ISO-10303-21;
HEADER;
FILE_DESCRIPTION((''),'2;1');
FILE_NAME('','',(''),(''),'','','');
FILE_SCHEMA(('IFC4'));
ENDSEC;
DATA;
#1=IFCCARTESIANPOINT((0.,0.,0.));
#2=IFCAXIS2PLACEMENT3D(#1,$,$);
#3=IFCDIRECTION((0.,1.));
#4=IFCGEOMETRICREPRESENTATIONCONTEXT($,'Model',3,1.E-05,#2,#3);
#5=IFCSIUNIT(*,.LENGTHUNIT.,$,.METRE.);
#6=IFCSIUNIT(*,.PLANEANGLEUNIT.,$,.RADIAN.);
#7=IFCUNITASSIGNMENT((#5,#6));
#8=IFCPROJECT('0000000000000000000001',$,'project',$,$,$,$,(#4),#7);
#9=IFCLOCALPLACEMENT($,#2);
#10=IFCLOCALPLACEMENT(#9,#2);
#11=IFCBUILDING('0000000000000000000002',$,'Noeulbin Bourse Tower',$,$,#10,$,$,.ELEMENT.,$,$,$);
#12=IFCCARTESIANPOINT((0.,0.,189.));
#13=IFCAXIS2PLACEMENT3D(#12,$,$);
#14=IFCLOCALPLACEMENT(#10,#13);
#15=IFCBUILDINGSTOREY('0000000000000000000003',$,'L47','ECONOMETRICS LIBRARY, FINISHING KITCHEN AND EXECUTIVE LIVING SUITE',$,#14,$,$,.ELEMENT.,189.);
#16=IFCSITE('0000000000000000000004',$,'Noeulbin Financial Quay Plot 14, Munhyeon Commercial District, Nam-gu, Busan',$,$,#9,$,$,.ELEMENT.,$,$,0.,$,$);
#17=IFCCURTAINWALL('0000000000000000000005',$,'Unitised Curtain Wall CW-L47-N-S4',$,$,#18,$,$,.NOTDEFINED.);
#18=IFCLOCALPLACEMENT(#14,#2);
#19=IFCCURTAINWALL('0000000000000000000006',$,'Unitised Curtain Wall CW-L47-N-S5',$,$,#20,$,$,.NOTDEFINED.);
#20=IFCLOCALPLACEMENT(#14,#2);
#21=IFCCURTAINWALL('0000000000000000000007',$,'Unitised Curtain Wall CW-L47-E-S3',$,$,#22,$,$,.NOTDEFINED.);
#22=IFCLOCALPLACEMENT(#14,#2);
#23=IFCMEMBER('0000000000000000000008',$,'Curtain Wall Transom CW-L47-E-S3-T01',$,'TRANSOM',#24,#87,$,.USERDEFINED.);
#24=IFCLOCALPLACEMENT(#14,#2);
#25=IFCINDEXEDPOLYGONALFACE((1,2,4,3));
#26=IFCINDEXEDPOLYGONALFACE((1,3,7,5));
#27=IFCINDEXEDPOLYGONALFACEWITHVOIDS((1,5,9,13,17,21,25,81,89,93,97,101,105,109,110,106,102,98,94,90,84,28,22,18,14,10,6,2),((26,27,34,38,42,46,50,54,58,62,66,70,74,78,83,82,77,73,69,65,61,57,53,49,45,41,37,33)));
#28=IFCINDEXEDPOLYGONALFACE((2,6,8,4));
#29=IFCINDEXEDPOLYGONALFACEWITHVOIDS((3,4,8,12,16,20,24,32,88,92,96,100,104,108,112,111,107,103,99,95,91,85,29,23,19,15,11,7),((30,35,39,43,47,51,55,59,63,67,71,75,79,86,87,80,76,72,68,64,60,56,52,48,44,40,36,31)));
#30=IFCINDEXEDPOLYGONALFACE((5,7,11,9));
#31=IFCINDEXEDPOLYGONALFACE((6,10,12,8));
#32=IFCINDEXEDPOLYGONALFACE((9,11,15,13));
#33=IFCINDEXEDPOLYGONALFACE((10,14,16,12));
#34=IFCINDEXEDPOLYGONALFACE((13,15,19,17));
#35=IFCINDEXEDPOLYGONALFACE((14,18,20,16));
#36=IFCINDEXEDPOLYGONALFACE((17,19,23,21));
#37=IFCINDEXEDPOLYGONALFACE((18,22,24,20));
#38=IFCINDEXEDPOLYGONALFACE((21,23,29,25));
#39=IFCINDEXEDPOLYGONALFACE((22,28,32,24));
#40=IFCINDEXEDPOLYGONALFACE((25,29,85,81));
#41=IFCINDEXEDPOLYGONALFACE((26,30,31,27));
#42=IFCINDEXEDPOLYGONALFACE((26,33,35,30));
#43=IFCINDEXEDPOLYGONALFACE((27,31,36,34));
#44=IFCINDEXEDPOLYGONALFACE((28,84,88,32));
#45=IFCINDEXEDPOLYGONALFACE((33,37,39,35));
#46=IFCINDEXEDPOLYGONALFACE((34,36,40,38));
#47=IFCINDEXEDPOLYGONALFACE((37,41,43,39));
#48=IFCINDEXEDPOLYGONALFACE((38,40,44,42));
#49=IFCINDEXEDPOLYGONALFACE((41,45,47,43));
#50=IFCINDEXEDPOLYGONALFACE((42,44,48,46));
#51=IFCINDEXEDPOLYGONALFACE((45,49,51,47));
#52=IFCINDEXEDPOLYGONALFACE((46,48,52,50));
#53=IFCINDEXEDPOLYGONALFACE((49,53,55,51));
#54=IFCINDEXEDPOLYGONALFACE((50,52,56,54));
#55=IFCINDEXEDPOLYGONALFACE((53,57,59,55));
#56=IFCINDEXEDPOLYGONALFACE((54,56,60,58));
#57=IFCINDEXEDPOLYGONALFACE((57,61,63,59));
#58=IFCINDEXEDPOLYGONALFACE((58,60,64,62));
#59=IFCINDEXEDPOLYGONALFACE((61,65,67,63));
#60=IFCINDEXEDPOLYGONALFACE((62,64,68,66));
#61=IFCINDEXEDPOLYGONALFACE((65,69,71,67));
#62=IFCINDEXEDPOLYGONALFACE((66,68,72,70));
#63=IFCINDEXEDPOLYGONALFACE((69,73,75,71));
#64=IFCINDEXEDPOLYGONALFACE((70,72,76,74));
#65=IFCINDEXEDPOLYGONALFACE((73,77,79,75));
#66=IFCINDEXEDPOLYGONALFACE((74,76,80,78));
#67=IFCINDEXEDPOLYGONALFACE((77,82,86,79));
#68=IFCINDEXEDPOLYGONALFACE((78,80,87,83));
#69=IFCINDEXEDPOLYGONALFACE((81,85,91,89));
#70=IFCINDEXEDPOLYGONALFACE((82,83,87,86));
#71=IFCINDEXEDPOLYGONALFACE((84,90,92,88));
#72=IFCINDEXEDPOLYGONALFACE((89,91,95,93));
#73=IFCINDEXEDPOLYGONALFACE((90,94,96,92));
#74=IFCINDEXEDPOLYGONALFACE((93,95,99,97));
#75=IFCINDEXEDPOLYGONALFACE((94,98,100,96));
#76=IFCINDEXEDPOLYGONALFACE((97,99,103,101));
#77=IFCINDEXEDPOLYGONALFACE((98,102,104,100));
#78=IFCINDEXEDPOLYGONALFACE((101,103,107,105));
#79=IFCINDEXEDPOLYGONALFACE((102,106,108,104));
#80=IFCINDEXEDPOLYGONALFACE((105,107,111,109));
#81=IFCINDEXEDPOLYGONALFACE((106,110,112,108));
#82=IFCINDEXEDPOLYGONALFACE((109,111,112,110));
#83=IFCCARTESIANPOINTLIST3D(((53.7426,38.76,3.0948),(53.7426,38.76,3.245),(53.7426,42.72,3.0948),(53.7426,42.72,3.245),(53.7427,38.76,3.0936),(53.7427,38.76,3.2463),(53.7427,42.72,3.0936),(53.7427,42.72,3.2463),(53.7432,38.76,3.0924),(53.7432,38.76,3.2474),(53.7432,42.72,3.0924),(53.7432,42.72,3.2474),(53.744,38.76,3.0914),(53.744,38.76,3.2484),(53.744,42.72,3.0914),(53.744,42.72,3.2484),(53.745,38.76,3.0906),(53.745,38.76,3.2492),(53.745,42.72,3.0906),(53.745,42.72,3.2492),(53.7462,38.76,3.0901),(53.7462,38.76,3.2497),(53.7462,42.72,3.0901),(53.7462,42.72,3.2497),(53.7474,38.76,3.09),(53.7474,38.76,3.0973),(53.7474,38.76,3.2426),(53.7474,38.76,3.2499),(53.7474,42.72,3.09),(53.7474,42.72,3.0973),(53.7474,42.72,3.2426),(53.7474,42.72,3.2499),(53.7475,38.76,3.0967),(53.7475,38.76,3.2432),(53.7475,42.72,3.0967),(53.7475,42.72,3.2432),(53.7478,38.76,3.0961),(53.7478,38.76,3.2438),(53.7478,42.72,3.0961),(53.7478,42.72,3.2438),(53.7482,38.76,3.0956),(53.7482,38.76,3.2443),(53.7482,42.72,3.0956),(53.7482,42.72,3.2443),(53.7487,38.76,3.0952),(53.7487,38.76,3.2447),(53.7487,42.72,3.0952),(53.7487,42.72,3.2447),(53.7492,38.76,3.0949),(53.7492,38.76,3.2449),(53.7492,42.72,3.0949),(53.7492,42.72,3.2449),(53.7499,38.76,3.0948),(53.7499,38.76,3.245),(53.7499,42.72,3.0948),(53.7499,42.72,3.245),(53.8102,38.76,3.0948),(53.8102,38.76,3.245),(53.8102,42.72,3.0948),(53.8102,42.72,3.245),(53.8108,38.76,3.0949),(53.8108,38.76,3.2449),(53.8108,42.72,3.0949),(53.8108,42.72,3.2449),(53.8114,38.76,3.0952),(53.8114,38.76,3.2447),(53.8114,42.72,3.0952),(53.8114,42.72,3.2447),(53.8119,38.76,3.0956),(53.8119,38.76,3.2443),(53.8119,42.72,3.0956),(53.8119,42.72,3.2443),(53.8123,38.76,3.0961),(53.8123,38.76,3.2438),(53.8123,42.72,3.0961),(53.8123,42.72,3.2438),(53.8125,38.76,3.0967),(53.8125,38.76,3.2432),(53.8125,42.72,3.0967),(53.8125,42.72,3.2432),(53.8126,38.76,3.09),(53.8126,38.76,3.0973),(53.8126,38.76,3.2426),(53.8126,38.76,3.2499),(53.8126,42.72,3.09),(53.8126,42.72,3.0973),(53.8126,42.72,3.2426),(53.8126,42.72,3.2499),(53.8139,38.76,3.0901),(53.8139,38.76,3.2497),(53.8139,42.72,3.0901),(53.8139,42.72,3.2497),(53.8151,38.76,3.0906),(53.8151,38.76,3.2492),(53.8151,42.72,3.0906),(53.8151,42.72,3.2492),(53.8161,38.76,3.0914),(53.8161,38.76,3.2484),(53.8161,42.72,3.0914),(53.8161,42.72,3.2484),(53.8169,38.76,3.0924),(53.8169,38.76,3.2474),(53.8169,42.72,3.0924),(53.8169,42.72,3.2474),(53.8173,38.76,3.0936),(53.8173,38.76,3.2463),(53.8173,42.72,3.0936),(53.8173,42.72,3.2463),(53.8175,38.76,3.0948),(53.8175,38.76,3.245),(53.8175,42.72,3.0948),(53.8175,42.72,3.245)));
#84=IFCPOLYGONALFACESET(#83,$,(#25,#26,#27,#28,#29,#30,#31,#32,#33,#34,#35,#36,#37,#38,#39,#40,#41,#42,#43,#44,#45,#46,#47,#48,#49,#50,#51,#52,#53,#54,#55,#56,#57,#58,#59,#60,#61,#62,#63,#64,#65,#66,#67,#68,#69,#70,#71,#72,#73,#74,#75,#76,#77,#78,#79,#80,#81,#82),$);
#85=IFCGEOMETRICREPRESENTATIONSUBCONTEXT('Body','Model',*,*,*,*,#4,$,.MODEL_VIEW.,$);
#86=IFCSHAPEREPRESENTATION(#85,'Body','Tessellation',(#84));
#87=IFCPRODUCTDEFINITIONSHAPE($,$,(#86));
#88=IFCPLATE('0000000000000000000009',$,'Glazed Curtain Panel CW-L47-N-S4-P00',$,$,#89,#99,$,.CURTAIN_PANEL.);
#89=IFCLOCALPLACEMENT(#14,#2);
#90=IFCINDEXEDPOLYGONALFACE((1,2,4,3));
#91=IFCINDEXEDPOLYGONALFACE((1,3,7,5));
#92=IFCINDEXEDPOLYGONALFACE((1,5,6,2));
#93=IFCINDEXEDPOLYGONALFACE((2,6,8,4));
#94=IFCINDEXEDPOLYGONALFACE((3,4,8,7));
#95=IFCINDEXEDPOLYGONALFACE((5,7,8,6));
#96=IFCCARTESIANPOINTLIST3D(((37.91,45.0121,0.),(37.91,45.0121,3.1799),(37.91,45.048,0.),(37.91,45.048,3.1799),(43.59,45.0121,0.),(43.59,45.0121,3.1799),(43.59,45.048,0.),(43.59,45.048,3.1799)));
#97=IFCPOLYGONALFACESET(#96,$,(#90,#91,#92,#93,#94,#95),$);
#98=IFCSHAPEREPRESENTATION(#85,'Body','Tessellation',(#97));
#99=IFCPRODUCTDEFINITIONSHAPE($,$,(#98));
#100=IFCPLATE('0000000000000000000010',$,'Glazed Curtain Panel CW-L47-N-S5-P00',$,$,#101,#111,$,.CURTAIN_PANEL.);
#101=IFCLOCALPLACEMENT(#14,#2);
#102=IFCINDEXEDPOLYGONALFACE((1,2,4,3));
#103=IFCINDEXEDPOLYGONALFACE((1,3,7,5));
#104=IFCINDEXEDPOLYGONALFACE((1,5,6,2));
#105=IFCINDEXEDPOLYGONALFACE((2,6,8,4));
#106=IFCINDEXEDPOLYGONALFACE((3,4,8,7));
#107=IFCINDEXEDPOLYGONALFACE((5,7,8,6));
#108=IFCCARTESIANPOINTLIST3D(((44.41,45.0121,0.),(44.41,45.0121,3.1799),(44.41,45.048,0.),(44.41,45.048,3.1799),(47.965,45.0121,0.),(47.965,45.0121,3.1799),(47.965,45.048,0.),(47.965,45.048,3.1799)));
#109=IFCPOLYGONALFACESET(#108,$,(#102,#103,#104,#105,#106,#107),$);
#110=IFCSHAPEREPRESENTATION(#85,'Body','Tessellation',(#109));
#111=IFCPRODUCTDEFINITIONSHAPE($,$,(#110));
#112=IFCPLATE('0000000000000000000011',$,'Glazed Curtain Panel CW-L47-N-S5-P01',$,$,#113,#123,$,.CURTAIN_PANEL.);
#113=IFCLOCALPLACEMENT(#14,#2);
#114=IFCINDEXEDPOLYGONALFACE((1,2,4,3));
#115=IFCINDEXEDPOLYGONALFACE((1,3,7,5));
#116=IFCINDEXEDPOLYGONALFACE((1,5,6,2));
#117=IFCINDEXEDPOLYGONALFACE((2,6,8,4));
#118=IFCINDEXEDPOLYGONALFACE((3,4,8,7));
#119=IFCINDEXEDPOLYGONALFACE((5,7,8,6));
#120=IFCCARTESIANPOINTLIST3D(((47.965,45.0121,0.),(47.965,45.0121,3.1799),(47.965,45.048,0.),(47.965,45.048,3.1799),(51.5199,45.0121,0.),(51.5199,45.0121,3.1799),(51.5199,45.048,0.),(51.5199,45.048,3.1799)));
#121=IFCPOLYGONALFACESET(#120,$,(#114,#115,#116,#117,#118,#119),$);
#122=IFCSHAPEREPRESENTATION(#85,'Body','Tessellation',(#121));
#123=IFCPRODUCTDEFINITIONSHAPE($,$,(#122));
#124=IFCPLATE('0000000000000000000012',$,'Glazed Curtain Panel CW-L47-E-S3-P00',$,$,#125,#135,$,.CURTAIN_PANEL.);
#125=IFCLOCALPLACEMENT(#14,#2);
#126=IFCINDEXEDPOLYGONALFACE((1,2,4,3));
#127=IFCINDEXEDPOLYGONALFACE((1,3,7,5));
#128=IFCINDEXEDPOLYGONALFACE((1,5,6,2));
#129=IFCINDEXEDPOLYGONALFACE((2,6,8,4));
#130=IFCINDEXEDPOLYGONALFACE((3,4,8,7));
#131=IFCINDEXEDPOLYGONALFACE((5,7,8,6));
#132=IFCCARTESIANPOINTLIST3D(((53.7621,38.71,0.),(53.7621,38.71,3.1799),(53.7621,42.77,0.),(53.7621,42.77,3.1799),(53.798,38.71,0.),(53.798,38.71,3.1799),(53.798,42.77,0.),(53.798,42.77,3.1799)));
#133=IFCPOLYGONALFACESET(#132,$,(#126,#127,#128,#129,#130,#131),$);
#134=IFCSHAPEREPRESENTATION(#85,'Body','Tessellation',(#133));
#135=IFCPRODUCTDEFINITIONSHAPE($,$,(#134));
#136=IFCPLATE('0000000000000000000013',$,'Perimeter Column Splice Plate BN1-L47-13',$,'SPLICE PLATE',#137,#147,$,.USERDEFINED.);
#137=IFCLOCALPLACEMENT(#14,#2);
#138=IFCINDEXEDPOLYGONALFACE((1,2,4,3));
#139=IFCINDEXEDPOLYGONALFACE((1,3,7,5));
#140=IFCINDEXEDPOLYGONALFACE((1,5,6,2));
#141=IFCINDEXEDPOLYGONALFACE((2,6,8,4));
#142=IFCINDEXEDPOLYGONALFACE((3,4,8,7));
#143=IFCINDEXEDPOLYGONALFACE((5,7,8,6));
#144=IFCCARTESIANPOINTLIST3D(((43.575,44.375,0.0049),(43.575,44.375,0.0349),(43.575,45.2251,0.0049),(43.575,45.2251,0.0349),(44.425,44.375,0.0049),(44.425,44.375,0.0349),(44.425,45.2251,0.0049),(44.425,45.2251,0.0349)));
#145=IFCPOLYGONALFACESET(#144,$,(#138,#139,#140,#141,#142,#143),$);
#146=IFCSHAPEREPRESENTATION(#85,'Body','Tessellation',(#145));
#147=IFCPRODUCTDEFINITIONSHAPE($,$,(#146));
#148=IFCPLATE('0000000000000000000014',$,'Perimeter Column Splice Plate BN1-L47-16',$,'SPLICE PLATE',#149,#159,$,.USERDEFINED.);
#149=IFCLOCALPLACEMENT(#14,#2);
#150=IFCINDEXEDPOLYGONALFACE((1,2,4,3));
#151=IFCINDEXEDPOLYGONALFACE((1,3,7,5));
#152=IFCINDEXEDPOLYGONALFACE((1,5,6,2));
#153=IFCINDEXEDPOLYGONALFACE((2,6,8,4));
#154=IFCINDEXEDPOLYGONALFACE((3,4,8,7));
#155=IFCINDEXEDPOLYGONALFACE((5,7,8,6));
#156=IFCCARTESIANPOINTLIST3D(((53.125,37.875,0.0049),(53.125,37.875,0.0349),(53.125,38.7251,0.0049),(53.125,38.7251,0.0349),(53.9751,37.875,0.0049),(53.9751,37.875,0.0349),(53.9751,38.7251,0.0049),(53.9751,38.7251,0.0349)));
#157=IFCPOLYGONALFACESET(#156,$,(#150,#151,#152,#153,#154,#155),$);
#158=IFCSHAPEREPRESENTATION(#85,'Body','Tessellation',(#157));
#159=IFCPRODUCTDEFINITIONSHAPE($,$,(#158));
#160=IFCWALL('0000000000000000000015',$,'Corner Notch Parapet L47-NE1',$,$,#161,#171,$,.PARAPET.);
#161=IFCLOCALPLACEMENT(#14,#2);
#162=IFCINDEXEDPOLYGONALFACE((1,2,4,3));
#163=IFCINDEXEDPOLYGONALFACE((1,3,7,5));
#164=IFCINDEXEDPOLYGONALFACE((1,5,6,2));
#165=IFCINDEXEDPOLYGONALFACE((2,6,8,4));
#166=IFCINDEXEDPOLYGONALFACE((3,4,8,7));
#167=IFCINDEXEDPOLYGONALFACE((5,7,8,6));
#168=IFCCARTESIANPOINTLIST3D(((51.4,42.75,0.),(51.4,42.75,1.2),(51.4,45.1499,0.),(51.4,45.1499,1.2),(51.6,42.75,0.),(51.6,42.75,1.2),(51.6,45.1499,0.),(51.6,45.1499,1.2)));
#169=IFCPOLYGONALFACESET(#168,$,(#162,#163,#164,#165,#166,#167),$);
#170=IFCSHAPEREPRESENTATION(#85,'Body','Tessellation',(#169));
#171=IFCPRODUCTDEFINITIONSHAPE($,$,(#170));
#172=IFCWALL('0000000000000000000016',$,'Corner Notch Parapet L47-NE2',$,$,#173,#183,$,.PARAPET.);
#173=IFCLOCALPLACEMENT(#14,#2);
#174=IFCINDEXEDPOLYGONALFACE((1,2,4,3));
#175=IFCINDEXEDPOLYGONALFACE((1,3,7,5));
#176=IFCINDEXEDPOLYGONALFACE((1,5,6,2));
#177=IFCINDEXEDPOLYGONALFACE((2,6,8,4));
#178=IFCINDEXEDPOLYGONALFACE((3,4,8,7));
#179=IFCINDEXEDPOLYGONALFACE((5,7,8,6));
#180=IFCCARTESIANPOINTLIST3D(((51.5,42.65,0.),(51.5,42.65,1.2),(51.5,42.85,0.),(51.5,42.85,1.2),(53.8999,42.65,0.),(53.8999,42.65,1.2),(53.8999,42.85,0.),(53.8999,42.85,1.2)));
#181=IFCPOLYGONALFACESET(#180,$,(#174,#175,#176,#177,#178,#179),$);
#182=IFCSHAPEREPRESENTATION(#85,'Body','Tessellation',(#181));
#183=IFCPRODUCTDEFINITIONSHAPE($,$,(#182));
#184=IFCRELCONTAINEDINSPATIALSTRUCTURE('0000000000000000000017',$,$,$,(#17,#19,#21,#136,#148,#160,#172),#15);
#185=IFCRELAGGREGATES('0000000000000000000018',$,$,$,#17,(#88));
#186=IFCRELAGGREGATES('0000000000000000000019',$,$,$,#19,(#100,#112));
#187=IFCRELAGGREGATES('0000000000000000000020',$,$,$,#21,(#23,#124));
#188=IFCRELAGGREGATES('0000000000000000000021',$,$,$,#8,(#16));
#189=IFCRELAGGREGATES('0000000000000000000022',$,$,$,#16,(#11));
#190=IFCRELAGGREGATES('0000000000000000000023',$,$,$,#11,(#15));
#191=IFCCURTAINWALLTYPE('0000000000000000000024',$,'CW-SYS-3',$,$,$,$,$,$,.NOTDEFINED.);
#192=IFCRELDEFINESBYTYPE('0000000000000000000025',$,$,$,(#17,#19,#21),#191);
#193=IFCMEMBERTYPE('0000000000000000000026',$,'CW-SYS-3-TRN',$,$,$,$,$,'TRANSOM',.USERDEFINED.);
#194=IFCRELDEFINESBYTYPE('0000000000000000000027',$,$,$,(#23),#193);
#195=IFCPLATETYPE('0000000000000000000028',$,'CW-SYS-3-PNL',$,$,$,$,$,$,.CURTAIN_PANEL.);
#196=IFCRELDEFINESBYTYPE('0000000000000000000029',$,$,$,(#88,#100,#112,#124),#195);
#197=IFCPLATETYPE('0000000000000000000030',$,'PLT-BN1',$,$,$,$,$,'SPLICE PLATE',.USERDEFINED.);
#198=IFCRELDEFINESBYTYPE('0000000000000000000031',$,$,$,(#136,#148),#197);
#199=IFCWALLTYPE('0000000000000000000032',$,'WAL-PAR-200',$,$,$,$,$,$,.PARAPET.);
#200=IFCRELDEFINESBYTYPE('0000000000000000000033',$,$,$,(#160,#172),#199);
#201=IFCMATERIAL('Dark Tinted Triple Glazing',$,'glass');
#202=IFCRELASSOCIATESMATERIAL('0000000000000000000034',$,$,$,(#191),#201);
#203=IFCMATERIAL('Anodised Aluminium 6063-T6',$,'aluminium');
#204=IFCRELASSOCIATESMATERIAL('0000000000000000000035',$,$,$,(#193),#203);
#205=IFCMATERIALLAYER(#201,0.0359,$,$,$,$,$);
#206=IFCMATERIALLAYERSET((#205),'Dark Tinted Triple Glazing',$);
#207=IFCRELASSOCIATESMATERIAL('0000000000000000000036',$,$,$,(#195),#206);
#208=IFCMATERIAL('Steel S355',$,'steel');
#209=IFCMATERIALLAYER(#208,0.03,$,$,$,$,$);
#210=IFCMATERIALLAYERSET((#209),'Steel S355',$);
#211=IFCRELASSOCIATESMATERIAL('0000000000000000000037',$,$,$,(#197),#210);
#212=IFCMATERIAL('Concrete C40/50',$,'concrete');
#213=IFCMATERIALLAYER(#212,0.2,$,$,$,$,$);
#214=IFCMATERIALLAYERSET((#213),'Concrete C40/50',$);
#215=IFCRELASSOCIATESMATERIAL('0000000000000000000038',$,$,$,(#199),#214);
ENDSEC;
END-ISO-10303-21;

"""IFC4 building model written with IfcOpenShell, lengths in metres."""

from ifc_helpers import new_model, si_unit, direction, frame, frame_2d, origin, origin_2d, place, context, subcontext, project, spatial, rectangle, hollow_rectangle, extrude, material, layer, layer_set, material_profile, profile_set, type_object, element, aggregate, save


model = new_model("IFC4")

# Units and contexts
model_context = context("Model", 3, precision=1e-05, world=origin(), true_north=direction((0.0, 1.0)))
body_context = subcontext(model_context, "Body", "Model", "MODEL_VIEW")
ifc_project = project(units=[si_unit("LENGTHUNIT", "METRE"), si_unit("PLANEANGLEUNIT", "RADIAN")], contexts=[model_context])

# Site, building, storey
site_placement = place(None, origin())
site = spatial("IfcSite", under=ifc_project, at=site_placement, Name="Noeulbin Financial Quay Plot 14, Munhyeon Commercial District, Nam-gu, Busan", CompositionType="ELEMENT", RefElevation=0.0)
building_placement = place(site_placement, origin())
building = spatial("IfcBuilding", under=site, at=building_placement, Name="Noeulbin Bourse Tower", CompositionType="ELEMENT")
storey_placement = place(building_placement, frame((0.0, 0.0, 189.0)))
storey = spatial("IfcBuildingStorey", under=building, at=storey_placement, Name="L47", Description="ECONOMETRICS LIBRARY, FINISHING KITCHEN AND EXECUTIVE LIVING SUITE", CompositionType="ELEMENT", Elevation=189.0)

# Shared definitions
ifc_material_1 = material(Name="Steel S355", Category="steel")

# Curtain wall
ifc_material_2 = material(Name="Dark Tinted Triple Glazing", Category="glass")
curtain_wall_type = type_object("IfcCurtainWallType", Name="CW-SYS-3", PredefinedType="NOTDEFINED", material=ifc_material_2)
curtain_wall_1_placement = place(storey_placement, origin())
curtain_wall_1 = element("IfcCurtainWall", 1, at=curtain_wall_1_placement, inside=storey, type_object=curtain_wall_type, Name="Unitised Curtain Wall CW-L47-N-S4", PredefinedType="NOTDEFINED")
ifc_material_3 = material(Name="Anodised Aluminium 6063-T6", Category="aluminium")

# Curtain walls
curtain_wall_2_placement = place(storey_placement, origin())
curtain_wall_2 = element("IfcCurtainWall", 2, at=curtain_wall_2_placement, inside=storey, type_object=curtain_wall_type, Name="Unitised Curtain Wall CW-L47-N-S5", PredefinedType="NOTDEFINED")
curtain_wall_3_placement = place(storey_placement, origin())
curtain_wall_3 = element("IfcCurtainWall", 3, at=curtain_wall_3_placement, inside=storey, type_object=curtain_wall_type, Name="Unitised Curtain Wall CW-L47-E-S3", PredefinedType="NOTDEFINED")

# Member
ifc_material_profile_1 = material_profile(ifc_material_3, hollow_rectangle(XDim=0.075, YDim=0.1599, WallThickness=0.0049, InnerFilletRadius=0.0024, OuterFilletRadius=0.0049, at=origin_2d()), Name="ALU-TRAN-75x160x5", Category="LoadBearing")
ifc_profile_set_1 = profile_set([ifc_material_profile_1], Name="Anodised Aluminium 6063-T6")
member_type_1 = type_object("IfcMemberType", Name="CW-SYS-3-TRN", ElementType="TRANSOM", PredefinedType="USERDEFINED", material=ifc_profile_set_1)
member_1_placement = place(storey_placement, frame((53.78, 38.76, 3.1699), z_axis=(0.0, 1.0, 0.0), x_axis=(-1.0, 0.0, 0.0)))
member_1 = element("IfcMember", 4, at=member_1_placement, type_object=member_type_1, Name="Curtain Wall Transom CW-L47-E-S3-T01", ObjectType="TRANSOM", PredefinedType="USERDEFINED", context=body_context, shape_type="SweptSolid", body=[
    extrude(hollow_rectangle(XDim=0.075, YDim=0.1599, WallThickness=0.0049, InnerFilletRadius=0.0024, OuterFilletRadius=0.0049, at=origin_2d()), origin(), (0.0, 0.0, 1.0), 3.96),
])

# Plates
ifc_layer_1 = layer(ifc_material_2, 0.0359)
ifc_layer_set_1 = layer_set([ifc_layer_1], Name="Dark Tinted Triple Glazing")
plate_type_1 = type_object("IfcPlateType", Name="CW-SYS-3-PNL", PredefinedType="CURTAIN_PANEL", material=ifc_layer_set_1)
plate_1_placement = place(storey_placement, frame((40.75, 45.03, 0.0), z_axis=(0.0, 0.0, 1.0), x_axis=(1.0, 0.0, 0.0)))
plate_1 = element("IfcPlate", 5, at=plate_1_placement, type_object=plate_type_1, Name="Glazed Curtain Panel CW-L47-N-S4-P00", PredefinedType="CURTAIN_PANEL", context=body_context, shape_type="SweptSolid", body=[
    extrude(rectangle(XDim=5.6799, YDim=0.0359, at=origin_2d()), origin(), (0.0, 0.0, 1.0), 3.1799),
])
aggregate(curtain_wall_1, [plate_1])
plate_2_placement = place(storey_placement, frame((46.1875, 45.03, 0.0), z_axis=(0.0, 0.0, 1.0), x_axis=(1.0, 0.0, 0.0)))
plate_2 = element("IfcPlate", 6, at=plate_2_placement, type_object=plate_type_1, Name="Glazed Curtain Panel CW-L47-N-S5-P00", PredefinedType="CURTAIN_PANEL", context=body_context, shape_type="SweptSolid", body=[
    extrude(rectangle(XDim=3.5549, YDim=0.0359, at=origin_2d()), origin(), (0.0, 0.0, 1.0), 3.1799),
])
plate_3_placement = place(storey_placement, frame((49.7424, 45.03, 0.0), z_axis=(0.0, 0.0, 1.0), x_axis=(1.0, 0.0, 0.0)))
plate_3 = element("IfcPlate", 7, at=plate_3_placement, type_object=plate_type_1, Name="Glazed Curtain Panel CW-L47-N-S5-P01", PredefinedType="CURTAIN_PANEL", context=body_context, shape_type="SweptSolid", body=[
    extrude(rectangle(XDim=3.5549, YDim=0.0359, at=origin_2d()), origin(), (0.0, 0.0, 1.0), 3.1799),
])
aggregate(curtain_wall_2, [plate_2, plate_3])
plate_4_placement = place(storey_placement, frame((53.78, 40.74, 0.0), z_axis=(0.0, 0.0, 1.0), x_axis=(0.0, 1.0, 0.0)))
plate_4 = element("IfcPlate", 8, at=plate_4_placement, type_object=plate_type_1, Name="Glazed Curtain Panel CW-L47-E-S3-P00", PredefinedType="CURTAIN_PANEL", context=body_context, shape_type="SweptSolid", body=[
    extrude(rectangle(XDim=4.0601, YDim=0.0359, at=origin_2d()), origin(), (0.0, 0.0, 1.0), 3.1799),
])
aggregate(curtain_wall_3, [member_1, plate_4])

# Plates
ifc_layer_2 = layer(ifc_material_1, 0.03)
ifc_layer_set_2 = layer_set([ifc_layer_2], Name="Steel S355")
plate_type_2 = type_object("IfcPlateType", Name="PLT-BN1", ElementType="SPLICE PLATE", PredefinedType="USERDEFINED", material=ifc_layer_set_2)
for number, where, z_axis, x_axis, name in (
    (9, (44.0, 44.8, 0.0049), (0.0, 0.0, 1.0), (1.0, 0.0, 0.0), "Perimeter Column Splice Plate BN1-L47-13"),
    (10, (53.55, 38.3, 0.0049), (0.0, 0.0, 1.0), (1.0, 0.0, 0.0), "Perimeter Column Splice Plate BN1-L47-16"),
):
    element("IfcPlate", number, at=place(storey_placement, frame(where, z_axis=z_axis, x_axis=x_axis)), inside=storey, type_object=plate_type_2, Name=name, ObjectType="SPLICE PLATE", PredefinedType="USERDEFINED", context=body_context, shape_type="SweptSolid", body=[
        extrude(rectangle(XDim=0.8501, YDim=0.8501, at=origin_2d()), origin(), (0.0, 0.0, 1.0), 0.03),
    ])

# Walls
ifc_material_4 = material(Name="Concrete C40/50", Category="concrete")
ifc_layer_3 = layer(ifc_material_4, 0.2)
ifc_layer_set_3 = layer_set([ifc_layer_3], Name="Concrete C40/50")
wall_type_1 = type_object("IfcWallType", Name="WAL-PAR-200", PredefinedType="PARAPET", material=ifc_layer_set_3)
for number, where, z_axis, x_axis, name in (
    (11, (51.5, 45.1499, 0.0), (0.0, 0.0, 1.0), (0.0, -1.0, 0.0), "Corner Notch Parapet L47-NE1"),
    (12, (51.5, 42.75, 0.0), (0.0, 0.0, 1.0), (1.0, 0.0, 0.0), "Corner Notch Parapet L47-NE2"),
):
    element("IfcWall", number, at=place(storey_placement, frame(where, z_axis=z_axis, x_axis=x_axis)), inside=storey, type_object=wall_type_1, Name=name, PredefinedType="PARAPET", context=body_context, shape_type="SweptSolid", body=[
        extrude(rectangle(XDim=2.3999, YDim=0.2, at=frame_2d((1.2, 0.0))), origin(), (0.0, 0.0, 1.0), 1.2),
    ])

save(model, "model.ifc")
